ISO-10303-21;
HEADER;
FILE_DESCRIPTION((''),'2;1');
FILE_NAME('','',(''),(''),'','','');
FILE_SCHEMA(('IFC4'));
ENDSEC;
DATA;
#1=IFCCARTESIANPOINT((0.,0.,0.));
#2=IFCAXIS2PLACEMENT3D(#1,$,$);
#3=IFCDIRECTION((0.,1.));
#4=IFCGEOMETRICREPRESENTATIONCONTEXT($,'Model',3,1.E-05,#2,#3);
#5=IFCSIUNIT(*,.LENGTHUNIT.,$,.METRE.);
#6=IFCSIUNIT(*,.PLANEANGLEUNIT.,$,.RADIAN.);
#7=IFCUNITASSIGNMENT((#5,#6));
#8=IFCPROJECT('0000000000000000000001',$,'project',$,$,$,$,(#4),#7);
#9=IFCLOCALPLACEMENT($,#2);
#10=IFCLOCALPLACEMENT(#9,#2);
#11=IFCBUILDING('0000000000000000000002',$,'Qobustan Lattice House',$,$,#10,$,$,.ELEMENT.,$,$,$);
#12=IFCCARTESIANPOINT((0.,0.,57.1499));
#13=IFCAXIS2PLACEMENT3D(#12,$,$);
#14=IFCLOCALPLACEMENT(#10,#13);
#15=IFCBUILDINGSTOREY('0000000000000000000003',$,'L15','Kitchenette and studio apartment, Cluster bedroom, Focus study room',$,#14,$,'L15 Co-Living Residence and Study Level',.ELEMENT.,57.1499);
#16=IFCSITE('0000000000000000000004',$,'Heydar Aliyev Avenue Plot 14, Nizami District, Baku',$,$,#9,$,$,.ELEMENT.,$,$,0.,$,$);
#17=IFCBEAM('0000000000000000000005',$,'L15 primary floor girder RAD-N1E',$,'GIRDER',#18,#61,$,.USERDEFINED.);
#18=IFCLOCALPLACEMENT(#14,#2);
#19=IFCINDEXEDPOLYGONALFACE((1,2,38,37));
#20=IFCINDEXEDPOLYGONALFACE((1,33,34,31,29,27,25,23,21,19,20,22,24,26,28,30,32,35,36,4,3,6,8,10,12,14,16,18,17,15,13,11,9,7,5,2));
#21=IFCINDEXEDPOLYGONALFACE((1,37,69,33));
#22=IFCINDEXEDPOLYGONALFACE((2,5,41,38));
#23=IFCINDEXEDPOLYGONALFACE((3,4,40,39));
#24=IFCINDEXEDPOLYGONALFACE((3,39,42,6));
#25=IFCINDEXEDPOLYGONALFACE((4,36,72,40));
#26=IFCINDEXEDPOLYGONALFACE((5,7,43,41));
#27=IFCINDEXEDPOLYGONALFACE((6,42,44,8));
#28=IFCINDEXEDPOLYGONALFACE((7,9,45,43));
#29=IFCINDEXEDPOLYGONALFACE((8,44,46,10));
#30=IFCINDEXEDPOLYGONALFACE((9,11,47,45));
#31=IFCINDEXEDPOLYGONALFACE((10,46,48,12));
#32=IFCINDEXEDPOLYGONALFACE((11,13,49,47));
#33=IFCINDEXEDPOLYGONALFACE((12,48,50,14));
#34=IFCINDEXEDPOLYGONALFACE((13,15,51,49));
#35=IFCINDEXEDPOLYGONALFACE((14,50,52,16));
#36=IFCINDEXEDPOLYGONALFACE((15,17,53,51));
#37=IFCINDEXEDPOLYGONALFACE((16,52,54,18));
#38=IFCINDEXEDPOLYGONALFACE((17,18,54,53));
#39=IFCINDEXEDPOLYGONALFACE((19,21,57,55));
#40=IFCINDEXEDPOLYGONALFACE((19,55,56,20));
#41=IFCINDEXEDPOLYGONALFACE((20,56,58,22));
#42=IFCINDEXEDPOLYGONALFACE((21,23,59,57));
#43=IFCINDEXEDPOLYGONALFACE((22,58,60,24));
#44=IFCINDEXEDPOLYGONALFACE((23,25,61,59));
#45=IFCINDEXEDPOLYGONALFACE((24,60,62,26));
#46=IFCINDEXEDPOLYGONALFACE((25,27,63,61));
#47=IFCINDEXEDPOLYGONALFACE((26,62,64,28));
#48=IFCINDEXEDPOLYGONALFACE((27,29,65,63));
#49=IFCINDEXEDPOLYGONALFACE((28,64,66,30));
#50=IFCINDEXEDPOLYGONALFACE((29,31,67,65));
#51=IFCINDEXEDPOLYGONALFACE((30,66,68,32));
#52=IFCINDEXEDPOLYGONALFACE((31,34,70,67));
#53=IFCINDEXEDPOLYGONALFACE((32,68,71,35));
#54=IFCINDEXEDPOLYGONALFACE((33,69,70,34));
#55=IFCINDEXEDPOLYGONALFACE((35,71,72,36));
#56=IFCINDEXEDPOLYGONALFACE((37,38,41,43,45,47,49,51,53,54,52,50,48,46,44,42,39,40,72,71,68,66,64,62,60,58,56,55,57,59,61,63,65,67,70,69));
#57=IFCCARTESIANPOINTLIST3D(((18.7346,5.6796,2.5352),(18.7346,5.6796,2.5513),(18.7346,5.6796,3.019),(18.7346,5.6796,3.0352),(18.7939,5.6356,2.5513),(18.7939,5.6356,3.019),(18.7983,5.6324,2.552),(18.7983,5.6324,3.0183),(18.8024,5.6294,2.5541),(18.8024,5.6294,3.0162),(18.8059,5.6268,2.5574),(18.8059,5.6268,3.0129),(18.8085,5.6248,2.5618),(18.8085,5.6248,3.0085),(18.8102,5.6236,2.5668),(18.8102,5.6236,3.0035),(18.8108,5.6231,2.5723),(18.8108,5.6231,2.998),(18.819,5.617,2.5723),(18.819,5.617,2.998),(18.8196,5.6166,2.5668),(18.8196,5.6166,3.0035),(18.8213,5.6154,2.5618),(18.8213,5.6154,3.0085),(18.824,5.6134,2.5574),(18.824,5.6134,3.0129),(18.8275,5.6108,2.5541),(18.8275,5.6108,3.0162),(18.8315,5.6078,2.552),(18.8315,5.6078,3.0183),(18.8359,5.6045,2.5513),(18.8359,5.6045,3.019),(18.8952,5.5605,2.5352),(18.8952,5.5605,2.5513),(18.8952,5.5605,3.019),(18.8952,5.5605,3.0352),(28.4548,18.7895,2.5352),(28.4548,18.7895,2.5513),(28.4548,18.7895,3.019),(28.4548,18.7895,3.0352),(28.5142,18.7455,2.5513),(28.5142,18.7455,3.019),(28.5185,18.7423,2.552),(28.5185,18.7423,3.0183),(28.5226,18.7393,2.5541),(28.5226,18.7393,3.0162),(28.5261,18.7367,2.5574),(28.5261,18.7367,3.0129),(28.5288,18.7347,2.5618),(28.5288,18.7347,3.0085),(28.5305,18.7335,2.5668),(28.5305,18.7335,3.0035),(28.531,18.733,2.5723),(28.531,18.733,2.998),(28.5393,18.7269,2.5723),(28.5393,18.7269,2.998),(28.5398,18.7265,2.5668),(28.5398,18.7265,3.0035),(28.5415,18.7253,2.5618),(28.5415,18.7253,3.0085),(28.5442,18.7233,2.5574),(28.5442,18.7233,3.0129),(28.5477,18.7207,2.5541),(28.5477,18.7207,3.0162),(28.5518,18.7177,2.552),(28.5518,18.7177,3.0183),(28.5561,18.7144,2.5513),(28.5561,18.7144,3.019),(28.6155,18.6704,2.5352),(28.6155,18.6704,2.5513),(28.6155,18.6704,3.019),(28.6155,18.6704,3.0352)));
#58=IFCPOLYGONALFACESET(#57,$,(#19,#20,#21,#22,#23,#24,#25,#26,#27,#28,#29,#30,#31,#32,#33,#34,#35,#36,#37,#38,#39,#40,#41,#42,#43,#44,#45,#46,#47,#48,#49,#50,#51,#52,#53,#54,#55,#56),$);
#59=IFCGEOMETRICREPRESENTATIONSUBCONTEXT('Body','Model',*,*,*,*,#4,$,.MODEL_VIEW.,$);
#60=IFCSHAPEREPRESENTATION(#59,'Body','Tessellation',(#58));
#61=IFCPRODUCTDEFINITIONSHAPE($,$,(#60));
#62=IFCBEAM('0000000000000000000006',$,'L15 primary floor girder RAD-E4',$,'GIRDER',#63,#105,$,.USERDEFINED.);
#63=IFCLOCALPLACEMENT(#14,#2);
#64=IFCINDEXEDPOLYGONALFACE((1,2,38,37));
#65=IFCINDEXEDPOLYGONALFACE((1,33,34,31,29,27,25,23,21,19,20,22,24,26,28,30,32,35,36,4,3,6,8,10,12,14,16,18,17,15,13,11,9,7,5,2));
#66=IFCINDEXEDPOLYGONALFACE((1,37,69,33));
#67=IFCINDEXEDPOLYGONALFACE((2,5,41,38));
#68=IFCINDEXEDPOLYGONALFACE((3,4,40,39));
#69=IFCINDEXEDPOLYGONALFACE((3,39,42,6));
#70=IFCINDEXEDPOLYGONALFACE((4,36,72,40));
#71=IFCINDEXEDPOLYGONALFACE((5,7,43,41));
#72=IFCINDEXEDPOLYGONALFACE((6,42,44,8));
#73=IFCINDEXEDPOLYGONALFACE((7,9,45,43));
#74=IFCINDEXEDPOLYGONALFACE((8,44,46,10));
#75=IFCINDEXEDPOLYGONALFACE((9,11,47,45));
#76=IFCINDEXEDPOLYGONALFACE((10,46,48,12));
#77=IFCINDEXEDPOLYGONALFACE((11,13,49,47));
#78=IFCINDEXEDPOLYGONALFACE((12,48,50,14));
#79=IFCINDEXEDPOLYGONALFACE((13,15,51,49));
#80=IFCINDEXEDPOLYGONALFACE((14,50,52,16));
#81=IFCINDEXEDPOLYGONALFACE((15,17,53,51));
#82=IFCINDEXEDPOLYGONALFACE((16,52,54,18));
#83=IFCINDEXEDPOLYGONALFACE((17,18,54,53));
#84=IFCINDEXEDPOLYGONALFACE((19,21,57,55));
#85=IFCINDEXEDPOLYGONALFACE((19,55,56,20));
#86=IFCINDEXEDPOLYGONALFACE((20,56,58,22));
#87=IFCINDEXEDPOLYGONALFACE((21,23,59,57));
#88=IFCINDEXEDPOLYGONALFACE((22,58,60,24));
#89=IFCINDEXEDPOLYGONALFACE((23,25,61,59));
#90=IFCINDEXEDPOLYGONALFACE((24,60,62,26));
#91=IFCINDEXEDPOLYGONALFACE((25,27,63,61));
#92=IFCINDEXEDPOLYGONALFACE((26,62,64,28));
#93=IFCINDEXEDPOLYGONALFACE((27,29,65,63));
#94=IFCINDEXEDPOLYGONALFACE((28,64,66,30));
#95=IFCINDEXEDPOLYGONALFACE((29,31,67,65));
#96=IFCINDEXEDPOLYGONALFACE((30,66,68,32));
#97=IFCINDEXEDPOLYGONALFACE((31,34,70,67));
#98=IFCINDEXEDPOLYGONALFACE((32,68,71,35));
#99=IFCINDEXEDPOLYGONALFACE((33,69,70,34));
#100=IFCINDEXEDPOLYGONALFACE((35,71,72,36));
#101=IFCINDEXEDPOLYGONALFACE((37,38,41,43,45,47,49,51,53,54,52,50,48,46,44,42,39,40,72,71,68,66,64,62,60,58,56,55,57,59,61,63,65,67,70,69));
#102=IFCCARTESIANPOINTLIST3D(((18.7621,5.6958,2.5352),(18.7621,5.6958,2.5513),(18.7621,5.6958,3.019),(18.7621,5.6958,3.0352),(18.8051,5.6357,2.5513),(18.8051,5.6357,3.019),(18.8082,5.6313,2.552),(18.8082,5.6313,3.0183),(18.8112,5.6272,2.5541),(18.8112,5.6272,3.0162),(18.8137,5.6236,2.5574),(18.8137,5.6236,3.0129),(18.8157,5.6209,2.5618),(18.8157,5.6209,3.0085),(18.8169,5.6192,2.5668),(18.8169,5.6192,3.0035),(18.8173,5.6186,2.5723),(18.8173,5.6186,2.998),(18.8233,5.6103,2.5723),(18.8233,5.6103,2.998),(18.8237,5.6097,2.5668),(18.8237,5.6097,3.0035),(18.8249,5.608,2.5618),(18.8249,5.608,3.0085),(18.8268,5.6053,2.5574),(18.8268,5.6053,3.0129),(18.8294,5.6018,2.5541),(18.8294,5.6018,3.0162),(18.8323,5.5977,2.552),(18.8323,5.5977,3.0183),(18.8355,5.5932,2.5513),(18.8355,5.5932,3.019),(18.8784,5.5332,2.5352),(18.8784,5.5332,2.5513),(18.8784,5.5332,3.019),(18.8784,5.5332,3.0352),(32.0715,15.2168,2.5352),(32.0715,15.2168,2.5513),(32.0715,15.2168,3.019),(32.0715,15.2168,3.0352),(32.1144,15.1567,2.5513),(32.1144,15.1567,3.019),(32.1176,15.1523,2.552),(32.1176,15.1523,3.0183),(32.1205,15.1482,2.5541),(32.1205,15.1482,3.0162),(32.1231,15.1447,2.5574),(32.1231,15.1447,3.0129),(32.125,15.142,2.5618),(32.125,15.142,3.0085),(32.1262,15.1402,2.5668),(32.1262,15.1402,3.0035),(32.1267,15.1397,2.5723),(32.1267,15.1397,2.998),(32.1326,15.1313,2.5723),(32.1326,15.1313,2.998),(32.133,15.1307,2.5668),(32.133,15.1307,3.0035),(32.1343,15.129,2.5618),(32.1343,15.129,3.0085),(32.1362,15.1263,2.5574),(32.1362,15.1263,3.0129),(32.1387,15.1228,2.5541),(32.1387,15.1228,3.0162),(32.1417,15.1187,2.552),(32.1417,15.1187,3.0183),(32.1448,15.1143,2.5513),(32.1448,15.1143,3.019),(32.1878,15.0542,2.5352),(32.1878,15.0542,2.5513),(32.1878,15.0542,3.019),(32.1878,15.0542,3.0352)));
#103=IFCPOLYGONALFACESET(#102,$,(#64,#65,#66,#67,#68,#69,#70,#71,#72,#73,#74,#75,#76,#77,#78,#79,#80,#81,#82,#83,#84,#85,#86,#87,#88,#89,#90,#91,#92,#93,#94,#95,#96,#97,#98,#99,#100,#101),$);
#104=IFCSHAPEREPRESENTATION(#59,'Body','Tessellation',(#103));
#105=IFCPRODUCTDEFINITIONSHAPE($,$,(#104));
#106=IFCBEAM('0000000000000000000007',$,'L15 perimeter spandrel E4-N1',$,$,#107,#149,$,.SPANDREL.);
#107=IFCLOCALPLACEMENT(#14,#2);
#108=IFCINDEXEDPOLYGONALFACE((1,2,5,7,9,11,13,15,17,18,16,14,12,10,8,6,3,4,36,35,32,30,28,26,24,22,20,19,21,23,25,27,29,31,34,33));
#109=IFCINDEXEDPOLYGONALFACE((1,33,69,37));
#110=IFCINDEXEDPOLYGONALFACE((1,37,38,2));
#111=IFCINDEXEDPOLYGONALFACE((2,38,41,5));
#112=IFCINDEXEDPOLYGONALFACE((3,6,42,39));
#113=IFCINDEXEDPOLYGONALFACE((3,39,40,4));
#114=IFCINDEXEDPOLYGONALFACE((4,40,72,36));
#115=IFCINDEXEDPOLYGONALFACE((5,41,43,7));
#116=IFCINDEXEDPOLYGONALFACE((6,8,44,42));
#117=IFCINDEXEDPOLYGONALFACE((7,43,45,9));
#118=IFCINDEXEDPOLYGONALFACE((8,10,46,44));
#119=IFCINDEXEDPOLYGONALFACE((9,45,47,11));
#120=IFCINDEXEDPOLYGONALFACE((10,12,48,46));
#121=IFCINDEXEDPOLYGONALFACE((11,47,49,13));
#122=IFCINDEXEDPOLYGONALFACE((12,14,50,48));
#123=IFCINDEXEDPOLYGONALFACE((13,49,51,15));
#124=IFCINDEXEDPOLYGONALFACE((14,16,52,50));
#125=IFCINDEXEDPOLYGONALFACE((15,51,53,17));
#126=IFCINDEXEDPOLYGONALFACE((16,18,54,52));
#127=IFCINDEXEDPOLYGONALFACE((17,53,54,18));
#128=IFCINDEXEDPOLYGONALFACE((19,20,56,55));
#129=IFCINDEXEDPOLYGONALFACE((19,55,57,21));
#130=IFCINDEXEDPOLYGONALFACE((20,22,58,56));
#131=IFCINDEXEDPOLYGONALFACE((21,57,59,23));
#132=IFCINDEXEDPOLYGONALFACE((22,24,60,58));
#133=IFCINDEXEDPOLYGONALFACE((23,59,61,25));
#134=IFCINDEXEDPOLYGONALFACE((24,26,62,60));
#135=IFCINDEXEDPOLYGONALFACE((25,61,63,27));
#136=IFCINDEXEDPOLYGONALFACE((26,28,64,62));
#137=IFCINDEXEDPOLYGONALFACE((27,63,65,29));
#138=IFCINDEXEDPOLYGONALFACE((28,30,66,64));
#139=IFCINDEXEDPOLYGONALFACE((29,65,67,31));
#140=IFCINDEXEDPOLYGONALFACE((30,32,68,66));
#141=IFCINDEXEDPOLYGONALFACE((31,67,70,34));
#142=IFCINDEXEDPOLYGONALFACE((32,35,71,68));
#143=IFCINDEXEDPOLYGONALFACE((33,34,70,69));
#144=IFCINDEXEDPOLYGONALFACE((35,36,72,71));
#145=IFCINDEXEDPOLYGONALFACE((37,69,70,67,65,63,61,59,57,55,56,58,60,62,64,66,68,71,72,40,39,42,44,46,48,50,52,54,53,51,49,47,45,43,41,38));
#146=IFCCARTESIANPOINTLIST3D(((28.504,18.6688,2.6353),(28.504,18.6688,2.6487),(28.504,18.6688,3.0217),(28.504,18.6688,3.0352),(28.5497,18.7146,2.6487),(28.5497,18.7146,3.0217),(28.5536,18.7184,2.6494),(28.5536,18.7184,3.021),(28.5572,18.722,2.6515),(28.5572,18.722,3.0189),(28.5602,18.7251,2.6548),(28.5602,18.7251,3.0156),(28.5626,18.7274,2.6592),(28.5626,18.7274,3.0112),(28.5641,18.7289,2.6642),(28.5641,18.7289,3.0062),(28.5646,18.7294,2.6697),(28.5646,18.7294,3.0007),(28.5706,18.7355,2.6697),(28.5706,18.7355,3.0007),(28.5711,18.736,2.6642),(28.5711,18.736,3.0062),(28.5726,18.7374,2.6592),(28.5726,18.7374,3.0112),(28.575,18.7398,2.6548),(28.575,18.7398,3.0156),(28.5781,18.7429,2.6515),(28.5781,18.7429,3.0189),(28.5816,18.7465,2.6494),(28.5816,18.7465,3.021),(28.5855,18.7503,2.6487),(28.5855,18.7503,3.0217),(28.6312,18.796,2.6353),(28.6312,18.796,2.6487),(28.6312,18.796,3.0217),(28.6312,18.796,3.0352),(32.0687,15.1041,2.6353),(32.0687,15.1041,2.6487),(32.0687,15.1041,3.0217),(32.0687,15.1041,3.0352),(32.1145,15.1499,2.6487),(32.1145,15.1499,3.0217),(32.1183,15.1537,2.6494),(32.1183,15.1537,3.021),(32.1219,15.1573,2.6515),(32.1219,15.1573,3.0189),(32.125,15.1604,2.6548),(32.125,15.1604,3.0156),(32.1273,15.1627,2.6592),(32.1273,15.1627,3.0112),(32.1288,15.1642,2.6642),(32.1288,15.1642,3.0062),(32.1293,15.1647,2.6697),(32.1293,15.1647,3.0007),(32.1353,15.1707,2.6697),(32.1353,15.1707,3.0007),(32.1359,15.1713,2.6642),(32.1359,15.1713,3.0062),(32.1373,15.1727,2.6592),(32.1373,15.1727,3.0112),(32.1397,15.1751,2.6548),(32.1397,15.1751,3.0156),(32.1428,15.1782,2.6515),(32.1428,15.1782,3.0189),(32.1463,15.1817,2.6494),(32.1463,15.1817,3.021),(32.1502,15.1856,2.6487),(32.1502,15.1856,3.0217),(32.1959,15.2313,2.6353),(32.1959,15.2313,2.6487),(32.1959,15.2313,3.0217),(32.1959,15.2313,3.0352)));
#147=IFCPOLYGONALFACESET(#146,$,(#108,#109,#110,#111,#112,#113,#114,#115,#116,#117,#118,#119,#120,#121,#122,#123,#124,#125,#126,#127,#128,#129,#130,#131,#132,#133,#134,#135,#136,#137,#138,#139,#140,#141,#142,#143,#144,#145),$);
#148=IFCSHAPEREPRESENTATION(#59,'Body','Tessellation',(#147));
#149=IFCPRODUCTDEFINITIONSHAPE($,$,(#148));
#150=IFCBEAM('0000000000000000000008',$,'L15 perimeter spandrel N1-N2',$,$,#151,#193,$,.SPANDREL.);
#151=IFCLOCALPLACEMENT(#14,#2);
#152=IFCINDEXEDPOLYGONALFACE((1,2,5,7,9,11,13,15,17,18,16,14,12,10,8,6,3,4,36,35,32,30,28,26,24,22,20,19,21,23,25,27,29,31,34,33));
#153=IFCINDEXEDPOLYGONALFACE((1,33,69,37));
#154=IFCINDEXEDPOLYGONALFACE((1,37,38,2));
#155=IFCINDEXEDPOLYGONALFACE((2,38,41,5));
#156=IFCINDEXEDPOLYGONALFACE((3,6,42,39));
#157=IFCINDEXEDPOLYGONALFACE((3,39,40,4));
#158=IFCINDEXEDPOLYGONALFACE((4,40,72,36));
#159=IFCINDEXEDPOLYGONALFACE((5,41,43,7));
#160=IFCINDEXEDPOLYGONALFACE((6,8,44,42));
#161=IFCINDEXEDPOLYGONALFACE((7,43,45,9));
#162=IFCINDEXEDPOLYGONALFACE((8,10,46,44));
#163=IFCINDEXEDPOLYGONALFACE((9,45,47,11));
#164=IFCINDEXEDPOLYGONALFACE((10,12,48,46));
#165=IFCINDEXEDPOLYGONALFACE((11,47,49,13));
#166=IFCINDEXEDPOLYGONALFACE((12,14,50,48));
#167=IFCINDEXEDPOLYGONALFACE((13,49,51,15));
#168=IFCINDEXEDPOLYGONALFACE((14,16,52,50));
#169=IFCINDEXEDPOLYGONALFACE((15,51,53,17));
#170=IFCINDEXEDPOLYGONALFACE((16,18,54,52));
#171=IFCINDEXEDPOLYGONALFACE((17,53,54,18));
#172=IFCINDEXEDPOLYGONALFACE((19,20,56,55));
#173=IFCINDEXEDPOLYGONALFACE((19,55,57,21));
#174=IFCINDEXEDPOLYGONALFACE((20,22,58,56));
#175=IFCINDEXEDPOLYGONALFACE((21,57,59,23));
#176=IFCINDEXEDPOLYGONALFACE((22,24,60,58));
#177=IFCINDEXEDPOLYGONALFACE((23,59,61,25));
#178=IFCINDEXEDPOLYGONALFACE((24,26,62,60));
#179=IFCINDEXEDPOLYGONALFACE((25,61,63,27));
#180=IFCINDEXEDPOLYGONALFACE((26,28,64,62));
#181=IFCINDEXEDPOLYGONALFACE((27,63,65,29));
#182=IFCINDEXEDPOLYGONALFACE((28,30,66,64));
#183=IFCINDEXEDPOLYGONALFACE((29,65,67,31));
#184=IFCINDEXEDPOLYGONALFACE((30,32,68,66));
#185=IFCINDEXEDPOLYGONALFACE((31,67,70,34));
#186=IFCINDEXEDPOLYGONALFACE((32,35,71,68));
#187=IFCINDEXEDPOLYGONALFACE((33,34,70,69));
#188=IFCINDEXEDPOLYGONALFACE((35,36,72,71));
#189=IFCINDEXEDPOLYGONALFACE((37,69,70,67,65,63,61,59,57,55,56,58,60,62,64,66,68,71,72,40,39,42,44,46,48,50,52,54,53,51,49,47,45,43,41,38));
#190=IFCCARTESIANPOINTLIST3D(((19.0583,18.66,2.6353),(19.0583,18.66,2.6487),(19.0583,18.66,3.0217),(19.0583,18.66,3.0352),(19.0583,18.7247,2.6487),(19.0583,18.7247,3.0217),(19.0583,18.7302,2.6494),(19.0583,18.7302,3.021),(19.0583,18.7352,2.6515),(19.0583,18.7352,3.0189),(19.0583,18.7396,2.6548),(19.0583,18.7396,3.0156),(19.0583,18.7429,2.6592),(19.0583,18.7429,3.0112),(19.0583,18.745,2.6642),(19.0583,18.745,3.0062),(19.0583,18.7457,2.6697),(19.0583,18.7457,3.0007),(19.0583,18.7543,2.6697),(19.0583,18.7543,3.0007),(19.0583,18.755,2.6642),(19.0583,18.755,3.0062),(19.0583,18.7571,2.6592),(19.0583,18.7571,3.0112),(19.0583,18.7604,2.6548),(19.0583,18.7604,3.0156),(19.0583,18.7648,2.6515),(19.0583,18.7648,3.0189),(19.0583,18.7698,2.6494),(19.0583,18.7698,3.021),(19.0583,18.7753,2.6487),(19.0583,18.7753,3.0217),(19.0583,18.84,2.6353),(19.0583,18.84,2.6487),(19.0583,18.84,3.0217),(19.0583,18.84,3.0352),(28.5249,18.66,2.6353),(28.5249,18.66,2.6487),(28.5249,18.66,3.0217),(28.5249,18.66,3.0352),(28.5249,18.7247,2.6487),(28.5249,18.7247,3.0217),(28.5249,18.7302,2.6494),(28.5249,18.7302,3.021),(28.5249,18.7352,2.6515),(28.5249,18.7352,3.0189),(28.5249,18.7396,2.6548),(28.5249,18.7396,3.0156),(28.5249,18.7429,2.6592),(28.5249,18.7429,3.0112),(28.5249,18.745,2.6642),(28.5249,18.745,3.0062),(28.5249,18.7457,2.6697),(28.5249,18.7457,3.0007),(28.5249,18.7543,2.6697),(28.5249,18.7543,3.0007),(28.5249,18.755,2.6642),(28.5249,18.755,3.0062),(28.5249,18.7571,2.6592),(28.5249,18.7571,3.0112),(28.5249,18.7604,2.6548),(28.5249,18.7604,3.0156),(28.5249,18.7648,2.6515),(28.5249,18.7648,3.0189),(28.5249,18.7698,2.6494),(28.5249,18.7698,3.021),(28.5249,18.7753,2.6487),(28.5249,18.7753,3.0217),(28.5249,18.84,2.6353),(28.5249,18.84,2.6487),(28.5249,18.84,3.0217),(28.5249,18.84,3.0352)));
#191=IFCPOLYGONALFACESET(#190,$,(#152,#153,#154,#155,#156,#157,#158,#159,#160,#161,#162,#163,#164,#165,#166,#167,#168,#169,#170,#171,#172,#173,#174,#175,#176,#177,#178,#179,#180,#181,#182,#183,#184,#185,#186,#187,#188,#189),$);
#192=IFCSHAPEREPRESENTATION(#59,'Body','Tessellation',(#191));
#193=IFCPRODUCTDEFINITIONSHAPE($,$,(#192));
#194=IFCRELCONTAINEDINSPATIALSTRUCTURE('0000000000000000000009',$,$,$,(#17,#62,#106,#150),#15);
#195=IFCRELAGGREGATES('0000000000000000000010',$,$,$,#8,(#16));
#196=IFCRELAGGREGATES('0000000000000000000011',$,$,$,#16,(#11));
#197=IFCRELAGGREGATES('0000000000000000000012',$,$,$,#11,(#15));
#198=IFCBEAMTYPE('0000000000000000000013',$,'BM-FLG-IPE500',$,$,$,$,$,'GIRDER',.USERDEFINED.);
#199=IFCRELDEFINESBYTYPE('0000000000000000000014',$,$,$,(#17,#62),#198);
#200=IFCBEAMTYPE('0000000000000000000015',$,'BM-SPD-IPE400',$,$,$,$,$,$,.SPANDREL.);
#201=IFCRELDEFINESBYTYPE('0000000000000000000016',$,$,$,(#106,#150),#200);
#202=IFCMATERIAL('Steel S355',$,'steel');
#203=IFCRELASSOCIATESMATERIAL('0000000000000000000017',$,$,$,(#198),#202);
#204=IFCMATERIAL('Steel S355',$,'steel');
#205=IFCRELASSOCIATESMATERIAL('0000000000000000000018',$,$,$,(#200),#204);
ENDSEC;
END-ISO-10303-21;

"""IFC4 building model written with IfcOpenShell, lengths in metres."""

from ifc_helpers import new_model, si_unit, direction, frame, origin, origin_2d, place, context, subcontext, project, spatial, i_section, extrude, material, material_profile, profile_set, type_object, element, save


model = new_model("IFC4")

# Units and contexts
model_context = context("Model", 3, precision=1e-05, world=origin(), true_north=direction((0.0, 1.0)))
body_context = subcontext(model_context, "Body", "Model", "MODEL_VIEW")
ifc_project = project(units=[si_unit("LENGTHUNIT", "METRE"), si_unit("PLANEANGLEUNIT", "RADIAN")], contexts=[model_context])

# Site, building, storey
site_placement = place(None, origin())
site = spatial("IfcSite", under=ifc_project, at=site_placement, Name="Heydar Aliyev Avenue Plot 14, Nizami District, Baku", CompositionType="ELEMENT", RefElevation=0.0)
building_placement = place(site_placement, origin())
building = spatial("IfcBuilding", under=site, at=building_placement, Name="Qobustan Lattice House", CompositionType="ELEMENT")
storey_placement = place(building_placement, frame((0.0, 0.0, 57.1499)))
storey = spatial("IfcBuildingStorey", under=building, at=storey_placement, Name="L15", Description="Kitchenette and studio apartment, Cluster bedroom, Focus study room", LongName="L15 Co-Living Residence and Study Level", CompositionType="ELEMENT", Elevation=57.1499)

# Beams
ifc_material_1 = material(Name="Steel S355", Category="steel")
ifc_material_profile_1 = material_profile(ifc_material_1, i_section(OverallWidth=0.2, OverallDepth=0.5, WebThickness=0.0103, FlangeThickness=0.0161, FilletRadius=0.021, at=origin_2d()), Name="IPE500")
ifc_profile_set_1 = profile_set([ifc_material_profile_1], Name="Steel S355")
beam_type_1 = type_object("IfcBeamType", Name="BM-FLG-IPE500", ElementType="GIRDER", PredefinedType="USERDEFINED", material=ifc_profile_set_1)
beam_1_placement = place(storey_placement, frame((28.5352, 18.73, 2.7852), z_axis=(-0.595592, -0.803287, 0.0), x_axis=(0.803287, -0.595592, 0.0)))
element("IfcBeam", 1, at=beam_1_placement, inside=storey, type_object=beam_type_1, Name="L15 primary floor girder RAD-N1E", ObjectType="GIRDER", PredefinedType="USERDEFINED", context=body_context, shape_type="SweptSolid", body=[
    extrude(i_section(OverallWidth=0.2, OverallDepth=0.5, WebThickness=0.0103, FlangeThickness=0.0161, FilletRadius=0.021, at=origin_2d()), origin(), (0.0, 0.0, 1.0), 16.3203),
])
beam_2_placement = place(storey_placement, frame((32.1296, 15.1355, 2.7852), z_axis=(-0.813319, -0.581818, 0.0), x_axis=(0.581818, -0.813319, 0.0)))
element("IfcBeam", 2, at=beam_2_placement, inside=storey, type_object=beam_type_1, Name="L15 primary floor girder RAD-E4", ObjectType="GIRDER", PredefinedType="USERDEFINED", context=body_context, shape_type="SweptSolid", body=[
    extrude(i_section(OverallWidth=0.2, OverallDepth=0.5, WebThickness=0.0103, FlangeThickness=0.0161, FilletRadius=0.021, at=origin_2d()), origin(), (0.0, 0.0, 1.0), 16.3643),
])
ifc_material_2 = material(Name="Steel S355", Category="steel")
ifc_material_profile_2 = material_profile(ifc_material_2, i_section(OverallWidth=0.1799, OverallDepth=0.3999, WebThickness=0.0085, FlangeThickness=0.0134, FilletRadius=0.021, at=origin_2d()), Name="IPE400")
ifc_profile_set_2 = profile_set([ifc_material_profile_2], Name="Steel S355")
beam_type_2 = type_object("IfcBeamType", Name="BM-SPD-IPE400", PredefinedType="SPANDREL", material=ifc_profile_set_2)
beam_3_placement = place(storey_placement, frame((32.1323, 15.1677, 2.8352), z_axis=(-0.707107, 0.707107, 0.0), x_axis=(-0.707107, -0.707107, 0.0)))
element("IfcBeam", 3, at=beam_3_placement, inside=storey, type_object=beam_type_2, Name="L15 perimeter spandrel E4-N1", PredefinedType="SPANDREL", context=body_context, shape_type="SweptSolid", body=[
    extrude(i_section(OverallWidth=0.1799, OverallDepth=0.3999, WebThickness=0.0085, FlangeThickness=0.0134, FilletRadius=0.021, at=origin_2d()), origin(), (0.0, 0.0, 1.0), 5.0413),
])
for number, where, z_axis, x_axis, name in (
    (4, (28.5249, 18.75, 2.8352), (-1.0, 0.0, 0.0), (0.0, -1.0, 0.0), "L15 perimeter spandrel N1-N2"),
):
    element("IfcBeam", number, at=place(storey_placement, frame(where, z_axis=z_axis, x_axis=x_axis)), inside=storey, type_object=beam_type_2, Name=name, PredefinedType="SPANDREL", context=body_context, shape_type="SweptSolid", body=[
        extrude(i_section(OverallWidth=0.1799, OverallDepth=0.3999, WebThickness=0.0085, FlangeThickness=0.0134, FilletRadius=0.021, at=origin_2d()), origin(), (0.0, 0.0, 1.0), 9.4666),
    ])

save(model, "model.ifc")
